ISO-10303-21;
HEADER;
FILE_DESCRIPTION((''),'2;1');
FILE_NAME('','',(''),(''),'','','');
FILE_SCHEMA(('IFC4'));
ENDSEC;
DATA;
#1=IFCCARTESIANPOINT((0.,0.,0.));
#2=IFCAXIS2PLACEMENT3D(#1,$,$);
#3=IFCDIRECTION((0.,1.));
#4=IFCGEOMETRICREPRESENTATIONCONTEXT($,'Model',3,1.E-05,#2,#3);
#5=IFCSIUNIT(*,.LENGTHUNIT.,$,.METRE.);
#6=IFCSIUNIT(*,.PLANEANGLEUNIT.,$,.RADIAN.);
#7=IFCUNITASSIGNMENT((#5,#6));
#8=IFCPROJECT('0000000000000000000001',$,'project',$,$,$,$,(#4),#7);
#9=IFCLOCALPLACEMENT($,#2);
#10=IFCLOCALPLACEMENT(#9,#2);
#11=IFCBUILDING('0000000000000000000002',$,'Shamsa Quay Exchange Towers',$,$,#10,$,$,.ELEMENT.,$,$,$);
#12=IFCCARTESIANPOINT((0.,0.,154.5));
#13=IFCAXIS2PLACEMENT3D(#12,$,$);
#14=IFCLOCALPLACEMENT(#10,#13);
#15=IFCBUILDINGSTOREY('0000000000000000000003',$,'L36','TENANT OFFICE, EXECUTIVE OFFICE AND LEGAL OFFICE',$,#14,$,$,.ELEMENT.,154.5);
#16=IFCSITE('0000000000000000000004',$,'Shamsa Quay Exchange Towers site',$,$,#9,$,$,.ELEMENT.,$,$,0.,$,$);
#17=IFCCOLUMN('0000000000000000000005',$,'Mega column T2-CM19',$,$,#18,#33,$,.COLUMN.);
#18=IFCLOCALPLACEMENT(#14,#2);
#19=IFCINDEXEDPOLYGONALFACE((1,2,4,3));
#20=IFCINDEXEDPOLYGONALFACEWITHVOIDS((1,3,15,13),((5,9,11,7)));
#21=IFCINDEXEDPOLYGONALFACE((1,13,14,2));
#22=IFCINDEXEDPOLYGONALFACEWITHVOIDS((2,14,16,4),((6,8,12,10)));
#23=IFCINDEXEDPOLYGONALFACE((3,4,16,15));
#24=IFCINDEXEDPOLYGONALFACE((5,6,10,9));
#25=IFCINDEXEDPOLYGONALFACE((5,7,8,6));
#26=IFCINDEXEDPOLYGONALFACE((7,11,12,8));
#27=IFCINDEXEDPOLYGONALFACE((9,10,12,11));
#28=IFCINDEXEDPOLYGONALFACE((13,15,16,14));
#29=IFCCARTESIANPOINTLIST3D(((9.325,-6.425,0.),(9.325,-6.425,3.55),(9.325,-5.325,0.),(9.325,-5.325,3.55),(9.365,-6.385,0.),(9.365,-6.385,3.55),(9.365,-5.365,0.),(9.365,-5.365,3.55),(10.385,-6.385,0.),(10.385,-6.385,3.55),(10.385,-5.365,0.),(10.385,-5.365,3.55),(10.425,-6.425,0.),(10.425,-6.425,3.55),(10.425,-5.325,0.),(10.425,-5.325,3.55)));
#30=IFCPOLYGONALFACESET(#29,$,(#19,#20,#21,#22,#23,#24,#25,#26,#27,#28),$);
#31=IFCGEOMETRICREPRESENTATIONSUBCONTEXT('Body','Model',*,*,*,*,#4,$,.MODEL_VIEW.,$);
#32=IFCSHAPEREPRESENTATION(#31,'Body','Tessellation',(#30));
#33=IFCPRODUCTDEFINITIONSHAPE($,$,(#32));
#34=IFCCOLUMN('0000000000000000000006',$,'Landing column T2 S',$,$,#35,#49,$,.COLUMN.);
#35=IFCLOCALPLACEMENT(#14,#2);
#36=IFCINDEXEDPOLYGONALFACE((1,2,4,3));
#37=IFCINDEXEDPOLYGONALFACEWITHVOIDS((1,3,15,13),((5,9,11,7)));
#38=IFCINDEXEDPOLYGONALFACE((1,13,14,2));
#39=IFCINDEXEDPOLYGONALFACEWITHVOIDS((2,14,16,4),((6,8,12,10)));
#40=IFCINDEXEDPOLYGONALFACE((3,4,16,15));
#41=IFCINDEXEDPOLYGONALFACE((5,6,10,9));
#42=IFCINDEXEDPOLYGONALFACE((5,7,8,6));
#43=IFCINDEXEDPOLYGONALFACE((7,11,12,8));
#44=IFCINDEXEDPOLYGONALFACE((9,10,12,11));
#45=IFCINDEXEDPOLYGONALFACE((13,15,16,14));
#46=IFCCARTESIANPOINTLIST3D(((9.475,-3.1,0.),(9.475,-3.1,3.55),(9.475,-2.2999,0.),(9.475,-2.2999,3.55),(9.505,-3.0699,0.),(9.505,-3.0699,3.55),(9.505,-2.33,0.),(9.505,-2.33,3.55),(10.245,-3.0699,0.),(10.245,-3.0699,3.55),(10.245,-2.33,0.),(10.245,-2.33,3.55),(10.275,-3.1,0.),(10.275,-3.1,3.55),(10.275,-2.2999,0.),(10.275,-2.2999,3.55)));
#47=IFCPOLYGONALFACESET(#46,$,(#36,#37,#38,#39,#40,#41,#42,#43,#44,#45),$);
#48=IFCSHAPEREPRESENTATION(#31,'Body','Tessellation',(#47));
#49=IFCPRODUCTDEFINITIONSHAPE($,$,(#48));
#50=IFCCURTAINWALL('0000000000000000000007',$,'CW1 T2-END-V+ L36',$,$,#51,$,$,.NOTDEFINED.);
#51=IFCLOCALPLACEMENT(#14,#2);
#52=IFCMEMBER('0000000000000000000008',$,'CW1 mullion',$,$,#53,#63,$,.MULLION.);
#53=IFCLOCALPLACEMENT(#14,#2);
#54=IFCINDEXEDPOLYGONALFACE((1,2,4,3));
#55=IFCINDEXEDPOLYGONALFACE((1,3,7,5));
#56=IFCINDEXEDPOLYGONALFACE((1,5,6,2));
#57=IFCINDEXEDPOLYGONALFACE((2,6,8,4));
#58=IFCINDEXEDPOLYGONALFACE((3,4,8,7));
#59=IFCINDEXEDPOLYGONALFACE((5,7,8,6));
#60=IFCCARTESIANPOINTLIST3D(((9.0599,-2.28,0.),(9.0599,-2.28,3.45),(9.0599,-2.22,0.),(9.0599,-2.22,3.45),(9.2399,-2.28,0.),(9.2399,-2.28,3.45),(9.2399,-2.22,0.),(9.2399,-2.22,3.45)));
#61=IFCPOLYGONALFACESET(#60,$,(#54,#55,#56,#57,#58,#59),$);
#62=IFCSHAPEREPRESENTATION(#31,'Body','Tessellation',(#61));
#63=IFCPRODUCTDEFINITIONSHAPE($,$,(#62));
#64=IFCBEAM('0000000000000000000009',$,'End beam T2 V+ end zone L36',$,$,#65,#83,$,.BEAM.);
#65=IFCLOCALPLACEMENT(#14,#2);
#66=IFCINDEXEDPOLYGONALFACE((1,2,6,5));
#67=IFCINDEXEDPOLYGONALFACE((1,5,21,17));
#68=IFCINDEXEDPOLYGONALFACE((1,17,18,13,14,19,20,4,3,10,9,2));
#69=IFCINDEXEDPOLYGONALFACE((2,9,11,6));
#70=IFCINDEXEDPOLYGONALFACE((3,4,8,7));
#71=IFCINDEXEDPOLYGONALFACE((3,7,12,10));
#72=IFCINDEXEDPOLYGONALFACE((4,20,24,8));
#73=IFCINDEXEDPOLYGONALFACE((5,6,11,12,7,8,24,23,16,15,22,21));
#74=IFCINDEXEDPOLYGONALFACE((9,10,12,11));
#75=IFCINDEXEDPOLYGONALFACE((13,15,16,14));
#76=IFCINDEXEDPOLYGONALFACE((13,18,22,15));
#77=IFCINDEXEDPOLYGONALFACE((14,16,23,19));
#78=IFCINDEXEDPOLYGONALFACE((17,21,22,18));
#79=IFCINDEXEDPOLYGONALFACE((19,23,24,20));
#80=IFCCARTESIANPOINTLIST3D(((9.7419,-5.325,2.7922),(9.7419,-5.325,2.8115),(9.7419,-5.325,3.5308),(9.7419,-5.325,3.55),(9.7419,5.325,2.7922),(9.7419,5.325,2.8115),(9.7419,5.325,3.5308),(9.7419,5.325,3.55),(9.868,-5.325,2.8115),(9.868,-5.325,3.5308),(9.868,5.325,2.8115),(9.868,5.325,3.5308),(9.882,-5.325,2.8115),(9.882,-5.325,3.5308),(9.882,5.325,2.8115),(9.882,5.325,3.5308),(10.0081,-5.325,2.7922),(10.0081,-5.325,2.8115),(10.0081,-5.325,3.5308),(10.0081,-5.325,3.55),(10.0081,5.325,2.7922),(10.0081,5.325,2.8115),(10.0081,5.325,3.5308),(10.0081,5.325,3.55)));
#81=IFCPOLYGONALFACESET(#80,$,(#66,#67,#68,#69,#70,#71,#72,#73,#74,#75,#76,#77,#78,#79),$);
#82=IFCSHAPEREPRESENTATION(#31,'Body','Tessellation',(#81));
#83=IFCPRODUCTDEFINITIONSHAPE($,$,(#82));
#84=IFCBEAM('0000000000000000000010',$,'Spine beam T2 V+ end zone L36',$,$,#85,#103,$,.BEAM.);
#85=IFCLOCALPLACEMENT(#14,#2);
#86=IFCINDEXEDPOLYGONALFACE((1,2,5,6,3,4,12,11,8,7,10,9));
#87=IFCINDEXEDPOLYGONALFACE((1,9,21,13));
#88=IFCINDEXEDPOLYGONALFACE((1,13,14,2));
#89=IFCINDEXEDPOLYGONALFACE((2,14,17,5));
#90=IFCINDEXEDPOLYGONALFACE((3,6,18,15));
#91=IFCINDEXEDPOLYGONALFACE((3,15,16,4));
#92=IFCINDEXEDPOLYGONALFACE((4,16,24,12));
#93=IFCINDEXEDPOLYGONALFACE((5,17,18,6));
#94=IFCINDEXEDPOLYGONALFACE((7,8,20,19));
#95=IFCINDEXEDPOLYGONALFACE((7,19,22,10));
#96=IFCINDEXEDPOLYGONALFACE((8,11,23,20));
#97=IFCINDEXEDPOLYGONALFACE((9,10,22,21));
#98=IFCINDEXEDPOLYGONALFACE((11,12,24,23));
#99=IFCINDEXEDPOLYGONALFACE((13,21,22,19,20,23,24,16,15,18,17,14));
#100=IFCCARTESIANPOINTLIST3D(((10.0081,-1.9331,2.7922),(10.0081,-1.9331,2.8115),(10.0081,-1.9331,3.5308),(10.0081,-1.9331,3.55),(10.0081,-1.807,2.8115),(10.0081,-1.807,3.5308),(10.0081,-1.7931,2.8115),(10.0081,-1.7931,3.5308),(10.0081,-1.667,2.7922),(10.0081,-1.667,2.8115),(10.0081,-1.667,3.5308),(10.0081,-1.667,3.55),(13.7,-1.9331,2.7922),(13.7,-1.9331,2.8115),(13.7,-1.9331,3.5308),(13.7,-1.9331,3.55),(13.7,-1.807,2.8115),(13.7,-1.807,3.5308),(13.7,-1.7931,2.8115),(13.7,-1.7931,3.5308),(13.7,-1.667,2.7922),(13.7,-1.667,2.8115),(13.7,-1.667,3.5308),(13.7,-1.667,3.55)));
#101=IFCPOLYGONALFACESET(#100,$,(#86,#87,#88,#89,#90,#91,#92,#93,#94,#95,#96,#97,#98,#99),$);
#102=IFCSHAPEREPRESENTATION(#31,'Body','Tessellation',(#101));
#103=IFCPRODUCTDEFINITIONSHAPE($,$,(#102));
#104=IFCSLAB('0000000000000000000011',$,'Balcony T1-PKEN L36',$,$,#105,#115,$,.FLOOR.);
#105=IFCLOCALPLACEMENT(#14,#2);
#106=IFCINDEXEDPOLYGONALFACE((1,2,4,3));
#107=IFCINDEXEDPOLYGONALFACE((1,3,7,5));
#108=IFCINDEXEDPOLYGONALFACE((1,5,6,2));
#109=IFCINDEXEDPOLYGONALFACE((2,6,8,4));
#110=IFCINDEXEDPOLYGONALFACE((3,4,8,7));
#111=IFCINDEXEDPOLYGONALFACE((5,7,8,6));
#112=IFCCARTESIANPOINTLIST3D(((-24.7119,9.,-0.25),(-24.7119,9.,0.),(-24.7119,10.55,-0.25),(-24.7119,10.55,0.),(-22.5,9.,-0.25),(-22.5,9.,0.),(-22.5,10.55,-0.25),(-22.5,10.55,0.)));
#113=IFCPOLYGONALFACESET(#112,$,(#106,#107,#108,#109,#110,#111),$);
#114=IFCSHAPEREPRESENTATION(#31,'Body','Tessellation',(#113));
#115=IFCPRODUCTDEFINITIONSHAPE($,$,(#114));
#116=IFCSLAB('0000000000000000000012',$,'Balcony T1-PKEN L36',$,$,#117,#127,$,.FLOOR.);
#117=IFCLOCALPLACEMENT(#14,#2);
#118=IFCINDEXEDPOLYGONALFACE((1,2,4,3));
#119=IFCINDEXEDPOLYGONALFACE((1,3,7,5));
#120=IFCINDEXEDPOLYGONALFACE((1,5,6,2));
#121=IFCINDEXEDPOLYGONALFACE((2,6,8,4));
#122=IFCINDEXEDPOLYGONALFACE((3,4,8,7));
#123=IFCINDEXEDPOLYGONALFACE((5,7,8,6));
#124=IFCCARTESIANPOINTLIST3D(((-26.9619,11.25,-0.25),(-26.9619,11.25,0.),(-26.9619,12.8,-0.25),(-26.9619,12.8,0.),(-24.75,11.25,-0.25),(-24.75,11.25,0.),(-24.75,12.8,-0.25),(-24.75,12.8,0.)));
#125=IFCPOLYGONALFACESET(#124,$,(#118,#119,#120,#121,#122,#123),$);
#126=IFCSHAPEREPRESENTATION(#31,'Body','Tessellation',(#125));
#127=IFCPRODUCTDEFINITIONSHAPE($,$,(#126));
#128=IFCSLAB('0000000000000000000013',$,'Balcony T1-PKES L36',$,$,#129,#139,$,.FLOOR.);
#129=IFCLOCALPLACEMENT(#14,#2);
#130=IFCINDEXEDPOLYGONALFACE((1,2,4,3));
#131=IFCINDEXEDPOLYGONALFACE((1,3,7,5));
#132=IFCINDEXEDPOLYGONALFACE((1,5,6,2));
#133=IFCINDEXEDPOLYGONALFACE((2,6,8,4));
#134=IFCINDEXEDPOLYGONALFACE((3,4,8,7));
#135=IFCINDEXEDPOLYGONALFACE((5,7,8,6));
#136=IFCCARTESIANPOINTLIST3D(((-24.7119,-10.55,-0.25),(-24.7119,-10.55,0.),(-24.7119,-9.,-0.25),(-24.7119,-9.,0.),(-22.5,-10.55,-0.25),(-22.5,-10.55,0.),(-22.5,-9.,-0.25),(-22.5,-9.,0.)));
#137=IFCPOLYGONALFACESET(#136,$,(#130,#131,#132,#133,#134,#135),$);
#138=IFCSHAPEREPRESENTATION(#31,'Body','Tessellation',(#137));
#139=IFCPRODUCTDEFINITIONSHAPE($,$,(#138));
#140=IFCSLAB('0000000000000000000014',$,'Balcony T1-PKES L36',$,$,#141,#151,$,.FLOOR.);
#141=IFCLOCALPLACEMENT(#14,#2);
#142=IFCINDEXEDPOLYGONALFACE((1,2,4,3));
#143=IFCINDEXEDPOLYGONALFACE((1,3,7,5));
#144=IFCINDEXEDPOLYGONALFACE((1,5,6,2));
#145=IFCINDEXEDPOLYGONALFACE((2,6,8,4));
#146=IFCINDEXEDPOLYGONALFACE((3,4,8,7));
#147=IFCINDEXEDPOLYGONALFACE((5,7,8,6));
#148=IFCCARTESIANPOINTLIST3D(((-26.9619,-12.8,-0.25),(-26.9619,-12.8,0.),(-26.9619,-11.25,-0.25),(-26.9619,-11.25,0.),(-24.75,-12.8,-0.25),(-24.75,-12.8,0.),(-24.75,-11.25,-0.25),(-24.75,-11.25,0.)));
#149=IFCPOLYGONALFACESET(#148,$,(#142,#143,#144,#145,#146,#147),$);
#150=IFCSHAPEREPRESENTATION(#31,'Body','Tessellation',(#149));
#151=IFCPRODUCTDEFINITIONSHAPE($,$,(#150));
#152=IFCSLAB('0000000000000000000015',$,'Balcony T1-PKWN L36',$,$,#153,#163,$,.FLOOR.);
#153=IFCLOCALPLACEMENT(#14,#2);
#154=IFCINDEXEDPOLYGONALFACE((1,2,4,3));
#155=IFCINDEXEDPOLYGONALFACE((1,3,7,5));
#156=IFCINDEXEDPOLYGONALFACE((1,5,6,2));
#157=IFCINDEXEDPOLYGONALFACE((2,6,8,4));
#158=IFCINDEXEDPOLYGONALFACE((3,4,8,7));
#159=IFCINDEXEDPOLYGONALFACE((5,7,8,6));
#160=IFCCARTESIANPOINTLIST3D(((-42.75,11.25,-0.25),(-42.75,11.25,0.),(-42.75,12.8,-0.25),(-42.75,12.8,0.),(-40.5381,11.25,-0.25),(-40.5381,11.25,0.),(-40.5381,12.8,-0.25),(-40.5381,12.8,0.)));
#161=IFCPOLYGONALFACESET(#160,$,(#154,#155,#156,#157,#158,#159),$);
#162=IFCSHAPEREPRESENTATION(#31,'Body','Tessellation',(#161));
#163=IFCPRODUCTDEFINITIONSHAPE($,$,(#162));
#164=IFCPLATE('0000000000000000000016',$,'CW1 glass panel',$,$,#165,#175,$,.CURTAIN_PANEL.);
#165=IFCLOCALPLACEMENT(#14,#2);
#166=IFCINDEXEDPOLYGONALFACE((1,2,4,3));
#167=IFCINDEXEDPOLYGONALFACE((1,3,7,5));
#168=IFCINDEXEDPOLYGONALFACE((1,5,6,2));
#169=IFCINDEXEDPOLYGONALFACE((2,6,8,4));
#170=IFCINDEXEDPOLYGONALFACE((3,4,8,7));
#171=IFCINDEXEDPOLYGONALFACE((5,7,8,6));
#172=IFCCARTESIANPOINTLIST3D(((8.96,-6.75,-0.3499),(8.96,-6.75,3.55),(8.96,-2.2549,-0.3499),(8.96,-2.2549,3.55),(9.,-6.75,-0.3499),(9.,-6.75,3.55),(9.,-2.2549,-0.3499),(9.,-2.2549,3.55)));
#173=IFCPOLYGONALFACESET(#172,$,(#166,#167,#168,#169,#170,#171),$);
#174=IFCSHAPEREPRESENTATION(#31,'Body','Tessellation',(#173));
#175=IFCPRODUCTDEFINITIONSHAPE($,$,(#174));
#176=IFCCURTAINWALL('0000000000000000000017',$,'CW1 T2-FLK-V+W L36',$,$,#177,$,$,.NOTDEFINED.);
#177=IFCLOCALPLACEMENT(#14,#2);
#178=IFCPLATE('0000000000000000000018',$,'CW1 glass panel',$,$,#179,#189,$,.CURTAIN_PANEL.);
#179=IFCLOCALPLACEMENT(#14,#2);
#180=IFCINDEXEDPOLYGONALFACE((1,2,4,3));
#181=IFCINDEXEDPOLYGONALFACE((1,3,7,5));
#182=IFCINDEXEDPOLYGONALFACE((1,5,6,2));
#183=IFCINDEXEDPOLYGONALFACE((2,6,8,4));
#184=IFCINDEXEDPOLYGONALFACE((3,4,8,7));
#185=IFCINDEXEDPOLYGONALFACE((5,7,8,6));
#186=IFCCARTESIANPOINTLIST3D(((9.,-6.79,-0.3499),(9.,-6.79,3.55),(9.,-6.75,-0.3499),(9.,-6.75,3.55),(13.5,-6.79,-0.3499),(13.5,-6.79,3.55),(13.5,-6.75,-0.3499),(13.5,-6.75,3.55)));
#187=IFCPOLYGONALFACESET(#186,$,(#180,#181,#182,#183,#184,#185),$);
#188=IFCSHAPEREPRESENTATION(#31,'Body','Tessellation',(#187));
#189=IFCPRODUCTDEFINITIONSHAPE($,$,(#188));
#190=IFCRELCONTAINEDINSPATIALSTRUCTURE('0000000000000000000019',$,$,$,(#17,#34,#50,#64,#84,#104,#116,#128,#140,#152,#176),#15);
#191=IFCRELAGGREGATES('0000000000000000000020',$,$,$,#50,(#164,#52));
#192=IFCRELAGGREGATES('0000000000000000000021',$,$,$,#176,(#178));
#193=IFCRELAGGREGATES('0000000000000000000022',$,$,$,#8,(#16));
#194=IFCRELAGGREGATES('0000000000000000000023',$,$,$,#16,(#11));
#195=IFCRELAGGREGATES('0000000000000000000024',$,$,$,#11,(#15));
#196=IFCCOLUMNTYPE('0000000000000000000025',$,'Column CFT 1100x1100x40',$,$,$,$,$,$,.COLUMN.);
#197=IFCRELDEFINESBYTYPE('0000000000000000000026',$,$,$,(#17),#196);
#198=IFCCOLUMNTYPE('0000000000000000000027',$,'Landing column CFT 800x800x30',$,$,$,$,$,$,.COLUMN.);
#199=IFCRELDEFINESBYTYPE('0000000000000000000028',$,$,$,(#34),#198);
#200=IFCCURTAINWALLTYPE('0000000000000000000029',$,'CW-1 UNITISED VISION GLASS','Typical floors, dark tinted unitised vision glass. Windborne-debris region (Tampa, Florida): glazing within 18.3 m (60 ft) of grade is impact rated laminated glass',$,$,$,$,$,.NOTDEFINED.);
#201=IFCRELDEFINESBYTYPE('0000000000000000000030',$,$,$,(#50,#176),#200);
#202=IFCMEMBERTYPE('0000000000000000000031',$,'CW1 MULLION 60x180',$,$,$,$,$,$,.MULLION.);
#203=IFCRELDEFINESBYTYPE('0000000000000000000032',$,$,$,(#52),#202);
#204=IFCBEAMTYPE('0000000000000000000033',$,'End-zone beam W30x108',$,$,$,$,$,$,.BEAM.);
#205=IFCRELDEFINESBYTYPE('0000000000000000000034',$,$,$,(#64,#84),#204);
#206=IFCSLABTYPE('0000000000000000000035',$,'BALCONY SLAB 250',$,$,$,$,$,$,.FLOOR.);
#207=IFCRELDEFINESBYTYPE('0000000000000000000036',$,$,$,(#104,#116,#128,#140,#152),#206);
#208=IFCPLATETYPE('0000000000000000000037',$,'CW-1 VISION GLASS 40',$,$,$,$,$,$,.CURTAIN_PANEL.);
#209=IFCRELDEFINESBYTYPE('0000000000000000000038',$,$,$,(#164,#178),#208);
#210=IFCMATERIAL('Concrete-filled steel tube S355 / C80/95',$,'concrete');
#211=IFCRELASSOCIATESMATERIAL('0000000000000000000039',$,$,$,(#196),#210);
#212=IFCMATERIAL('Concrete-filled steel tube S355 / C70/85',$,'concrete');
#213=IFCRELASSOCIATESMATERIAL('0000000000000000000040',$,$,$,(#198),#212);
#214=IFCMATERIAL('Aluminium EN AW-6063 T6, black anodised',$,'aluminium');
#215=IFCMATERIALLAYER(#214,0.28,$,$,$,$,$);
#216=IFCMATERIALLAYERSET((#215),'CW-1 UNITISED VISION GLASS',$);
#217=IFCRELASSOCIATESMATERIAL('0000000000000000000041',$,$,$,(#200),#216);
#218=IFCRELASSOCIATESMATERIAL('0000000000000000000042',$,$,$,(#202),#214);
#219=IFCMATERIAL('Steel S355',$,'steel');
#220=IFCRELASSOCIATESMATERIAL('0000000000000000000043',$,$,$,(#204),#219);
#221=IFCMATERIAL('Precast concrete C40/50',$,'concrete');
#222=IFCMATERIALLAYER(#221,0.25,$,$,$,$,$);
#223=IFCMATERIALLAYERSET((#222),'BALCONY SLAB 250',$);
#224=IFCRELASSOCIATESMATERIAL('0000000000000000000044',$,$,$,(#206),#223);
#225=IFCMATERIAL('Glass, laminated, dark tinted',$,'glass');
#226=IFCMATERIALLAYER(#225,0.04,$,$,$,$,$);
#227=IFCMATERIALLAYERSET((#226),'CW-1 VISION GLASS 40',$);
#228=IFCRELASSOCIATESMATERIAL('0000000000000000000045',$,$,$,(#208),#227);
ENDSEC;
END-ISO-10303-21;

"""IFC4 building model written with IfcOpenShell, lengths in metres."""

from ifc_helpers import new_model, si_unit, direction, frame, origin, origin_2d, place, context, subcontext, project, spatial, polyline, rectangle, hollow_rectangle, i_section, outline, extrude, material, layer, layer_set, material_profile, profile_set, type_object, element, aggregate, save


model = new_model("IFC4")

# Units and contexts
model_context = context("Model", 3, precision=1e-05, world=origin(), true_north=direction((0.0, 1.0)))
body_context = subcontext(model_context, "Body", "Model", "MODEL_VIEW")
ifc_project = project(units=[si_unit("LENGTHUNIT", "METRE"), si_unit("PLANEANGLEUNIT", "RADIAN")], contexts=[model_context])

# Site, building, storey
site_placement = place(None, origin())
site = spatial("IfcSite", under=ifc_project, at=site_placement, Name="Shamsa Quay Exchange Towers site", CompositionType="ELEMENT", RefElevation=0.0)
building_placement = place(site_placement, origin())
building = spatial("IfcBuilding", under=site, at=building_placement, Name="Shamsa Quay Exchange Towers", CompositionType="ELEMENT")
storey_placement = place(building_placement, frame((0.0, 0.0, 154.5)))
storey = spatial("IfcBuildingStorey", under=building, at=storey_placement, Name="L36", Description="TENANT OFFICE, EXECUTIVE OFFICE AND LEGAL OFFICE", CompositionType="ELEMENT", Elevation=154.5)

# Columns
ifc_material_1 = material(Name="Concrete-filled steel tube S355 / C80/95", Category="concrete")
ifc_material_profile_1 = material_profile(ifc_material_1, hollow_rectangle(XDim=1.1001, YDim=1.1001, WallThickness=0.04, at=origin_2d()), Name="CFT 1100x1100x40")
ifc_profile_set_1 = profile_set([ifc_material_profile_1], Name="Concrete-filled steel tube S355 / C80/95")
column_type_1 = type_object("IfcColumnType", Name="Column CFT 1100x1100x40", PredefinedType="COLUMN", material=ifc_profile_set_1)
column_1_placement = place(storey_placement, frame((9.875, -5.875, 0.0)))
element("IfcColumn", 1, at=column_1_placement, inside=storey, type_object=column_type_1, Name="Mega column T2-CM19", PredefinedType="COLUMN", context=body_context, shape_type="SweptSolid", body=[
    extrude(hollow_rectangle(XDim=1.1001, YDim=1.1001, WallThickness=0.04, at=origin_2d()), origin(), (0.0, 0.0, 1.0), 3.55),
])
ifc_material_2 = material(Name="Concrete-filled steel tube S355 / C70/85", Category="concrete")
ifc_material_profile_2 = material_profile(ifc_material_2, hollow_rectangle(XDim=0.8, YDim=0.8, WallThickness=0.03, at=origin_2d()), Name="CFT 800x800x30")
ifc_profile_set_2 = profile_set([ifc_material_profile_2], Name="Concrete-filled steel tube S355 / C70/85")
column_type_2 = type_object("IfcColumnType", Name="Landing column CFT 800x800x30", PredefinedType="COLUMN", material=ifc_profile_set_2)
column_2_placement = place(storey_placement, frame((9.875, -2.7, 0.0)))
element("IfcColumn", 2, at=column_2_placement, inside=storey, type_object=column_type_2, Name="Landing column T2 S", PredefinedType="COLUMN", context=body_context, shape_type="SweptSolid", body=[
    extrude(hollow_rectangle(XDim=0.8, YDim=0.8, WallThickness=0.03, at=origin_2d()), origin(), (0.0, 0.0, 1.0), 3.55),
])

# Curtain wall, member
ifc_material_3 = material(Name="Aluminium EN AW-6063 T6, black anodised", Category="aluminium")
ifc_layer_1 = layer(ifc_material_3, 0.28)
ifc_layer_set_1 = layer_set([ifc_layer_1], Name="CW-1 UNITISED VISION GLASS")
curtain_wall_type_1 = type_object("IfcCurtainWallType", Name="CW-1 UNITISED VISION GLASS", Description="Typical floors, dark tinted unitised vision glass. Windborne-debris region (Tampa, Florida): glazing within 18.3 m (60 ft) of grade is impact rated laminated glass", PredefinedType="NOTDEFINED", material=ifc_layer_set_1)
curtain_wall_1_placement = place(storey_placement, origin())
curtain_wall_1 = element("IfcCurtainWall", 3, at=curtain_wall_1_placement, inside=storey, type_object=curtain_wall_type_1, Name="CW1 T2-END-V+ L36", PredefinedType="NOTDEFINED")
ifc_material_profile_3 = material_profile(ifc_material_3, rectangle(XDim=0.1799, YDim=0.0601, at=origin_2d()), Name="MU60x180")
ifc_profile_set_3 = profile_set([ifc_material_profile_3], Name="Aluminium EN AW-6063 T6, black anodised")
member_type = type_object("IfcMemberType", Name="CW1 MULLION 60x180", PredefinedType="MULLION", material=ifc_profile_set_3)
member_placement = place(storey_placement, frame((9.1499, -2.25, 0.0)))
member = element("IfcMember", 4, at=member_placement, type_object=member_type, Name="CW1 mullion", PredefinedType="MULLION", context=body_context, shape_type="SweptSolid", body=[
    extrude(rectangle(XDim=0.1799, YDim=0.0601, at=origin_2d()), origin(), (0.0, 0.0, 1.0), 3.45),
])

# Beams
ifc_material_4 = material(Name="Steel S355", Category="steel")
ifc_material_profile_4 = material_profile(ifc_material_4, i_section(OverallWidth=0.2661, OverallDepth=0.7578, WebThickness=0.0139, FlangeThickness=0.0193, at=origin_2d()), Name="W30x108")
ifc_profile_set_4 = profile_set([ifc_material_profile_4], Name="Steel S355")
beam_type = type_object("IfcBeamType", Name="End-zone beam W30x108", PredefinedType="BEAM", material=ifc_profile_set_4)
beam_1_placement = place(storey_placement, frame((9.875, -5.325, 3.1711), z_axis=(0.0, 1.0, 0.0), x_axis=(-1.0, 0.0, 0.0)))
element("IfcBeam", 5, at=beam_1_placement, inside=storey, type_object=beam_type, Name="End beam T2 V+ end zone L36", PredefinedType="BEAM", context=body_context, shape_type="SweptSolid", body=[
    extrude(i_section(OverallWidth=0.2661, OverallDepth=0.7578, WebThickness=0.0139, FlangeThickness=0.0193, at=origin_2d()), origin(), (0.0, 0.0, 1.0), 10.6499),
])
beam_2_placement = place(storey_placement, frame((13.7, -1.8, 3.1711), z_axis=(-1.0, 0.0, 0.0), x_axis=(0.0, -1.0, 0.0)))
element("IfcBeam", 6, at=beam_2_placement, inside=storey, type_object=beam_type, Name="Spine beam T2 V+ end zone L36", PredefinedType="BEAM", context=body_context, shape_type="SweptSolid", body=[
    extrude(i_section(OverallWidth=0.2661, OverallDepth=0.7578, WebThickness=0.0139, FlangeThickness=0.0193, at=origin_2d()), origin(), (0.0, 0.0, 1.0), 3.6919),
])

# Slabs
ifc_material_5 = material(Name="Precast concrete C40/50", Category="concrete")
ifc_layer_2 = layer(ifc_material_5, 0.25)
ifc_layer_set_2 = layer_set([ifc_layer_2], Name="BALCONY SLAB 250")
slab_type_1 = type_object("IfcSlabType", Name="BALCONY SLAB 250", PredefinedType="FLOOR", material=ifc_layer_set_2)
slab_1_placement = place(storey_placement, frame((0.0, 0.0, -0.25)))
element("IfcSlab", 7, at=slab_1_placement, inside=storey, type_object=slab_type_1, Name="Balcony T1-PKEN L36", PredefinedType="FLOOR", context=body_context, shape_type="SweptSolid", body=[
    extrude(outline(polyline([(-22.5, 9.0), (-24.7119, 9.0), (-24.7119, 10.55), (-22.5, 10.55), (-22.5, 9.0)])), origin(), (0.0, 0.0, 1.0), 0.25),
])
slab_2_placement = place(storey_placement, frame((0.0, 0.0, -0.25)))
element("IfcSlab", 8, at=slab_2_placement, inside=storey, type_object=slab_type_1, Name="Balcony T1-PKEN L36", PredefinedType="FLOOR", context=body_context, shape_type="SweptSolid", body=[
    extrude(outline(polyline([(-24.75, 11.25), (-26.9619, 11.25), (-26.9619, 12.8), (-24.75, 12.8), (-24.75, 11.25)])), origin(), (0.0, 0.0, 1.0), 0.25),
])
slab_3_placement = place(storey_placement, frame((0.0, 0.0, -0.25)))
element("IfcSlab", 9, at=slab_3_placement, inside=storey, type_object=slab_type_1, Name="Balcony T1-PKES L36", PredefinedType="FLOOR", context=body_context, shape_type="SweptSolid", body=[
    extrude(outline(polyline([(-24.7119, -9.0), (-22.5, -9.0), (-22.5, -10.55), (-24.7119, -10.55), (-24.7119, -9.0)])), origin(), (0.0, 0.0, 1.0), 0.25),
])
slab_4_placement = place(storey_placement, frame((0.0, 0.0, -0.25)))
element("IfcSlab", 10, at=slab_4_placement, inside=storey, type_object=slab_type_1, Name="Balcony T1-PKES L36", PredefinedType="FLOOR", context=body_context, shape_type="SweptSolid", body=[
    extrude(outline(polyline([(-26.9619, -11.25), (-24.75, -11.25), (-24.75, -12.8), (-26.9619, -12.8), (-26.9619, -11.25)])), origin(), (0.0, 0.0, 1.0), 0.25),
])
slab_5_placement = place(storey_placement, frame((0.0, 0.0, -0.25)))
element("IfcSlab", 11, at=slab_5_placement, inside=storey, type_object=slab_type_1, Name="Balcony T1-PKWN L36", PredefinedType="FLOOR", context=body_context, shape_type="SweptSolid", body=[
    extrude(outline(polyline([(-40.5381, 11.25), (-42.75, 11.25), (-42.75, 12.8), (-40.5381, 12.8), (-40.5381, 11.25)])), origin(), (0.0, 0.0, 1.0), 0.25),
])

# Plate
ifc_material_6 = material(Name="Glass, laminated, dark tinted", Category="glass")
ifc_layer_3 = layer(ifc_material_6, 0.04)
ifc_layer_set_3 = layer_set([ifc_layer_3], Name="CW-1 VISION GLASS 40")
plate_type_1 = type_object("IfcPlateType", Name="CW-1 VISION GLASS 40", PredefinedType="CURTAIN_PANEL", material=ifc_layer_set_3)
plate_1_placement = place(storey_placement, frame((8.98, -4.5024, -0.3499), z_axis=(0.0, 0.0, 1.0), x_axis=(0.0, -1.0, 0.0)))
plate_1 = element("IfcPlate", 12, at=plate_1_placement, type_object=plate_type_1, Name="CW1 glass panel", PredefinedType="CURTAIN_PANEL", context=body_context, shape_type="SweptSolid", body=[
    extrude(rectangle(XDim=4.4951, YDim=0.04, at=origin_2d()), origin(), (0.0, 0.0, 1.0), 3.8999),
])
aggregate(curtain_wall_1, [plate_1, member])

# Curtain wall, plate
curtain_wall_2_placement = place(storey_placement, origin())
curtain_wall_2 = element("IfcCurtainWall", 13, at=curtain_wall_2_placement, inside=storey, type_object=curtain_wall_type_1, Name="CW1 T2-FLK-V+W L36", PredefinedType="NOTDEFINED")
plate_2_placement = place(storey_placement, frame((11.25, -6.77, -0.3499)))
plate_2 = element("IfcPlate", 14, at=plate_2_placement, type_object=plate_type_1, Name="CW1 glass panel", PredefinedType="CURTAIN_PANEL", context=body_context, shape_type="SweptSolid", body=[
    extrude(rectangle(XDim=4.5, YDim=0.04, at=origin_2d()), origin(), (0.0, 0.0, 1.0), 3.8999),
])
aggregate(curtain_wall_2, [plate_2])

save(model, "model.ifc")
